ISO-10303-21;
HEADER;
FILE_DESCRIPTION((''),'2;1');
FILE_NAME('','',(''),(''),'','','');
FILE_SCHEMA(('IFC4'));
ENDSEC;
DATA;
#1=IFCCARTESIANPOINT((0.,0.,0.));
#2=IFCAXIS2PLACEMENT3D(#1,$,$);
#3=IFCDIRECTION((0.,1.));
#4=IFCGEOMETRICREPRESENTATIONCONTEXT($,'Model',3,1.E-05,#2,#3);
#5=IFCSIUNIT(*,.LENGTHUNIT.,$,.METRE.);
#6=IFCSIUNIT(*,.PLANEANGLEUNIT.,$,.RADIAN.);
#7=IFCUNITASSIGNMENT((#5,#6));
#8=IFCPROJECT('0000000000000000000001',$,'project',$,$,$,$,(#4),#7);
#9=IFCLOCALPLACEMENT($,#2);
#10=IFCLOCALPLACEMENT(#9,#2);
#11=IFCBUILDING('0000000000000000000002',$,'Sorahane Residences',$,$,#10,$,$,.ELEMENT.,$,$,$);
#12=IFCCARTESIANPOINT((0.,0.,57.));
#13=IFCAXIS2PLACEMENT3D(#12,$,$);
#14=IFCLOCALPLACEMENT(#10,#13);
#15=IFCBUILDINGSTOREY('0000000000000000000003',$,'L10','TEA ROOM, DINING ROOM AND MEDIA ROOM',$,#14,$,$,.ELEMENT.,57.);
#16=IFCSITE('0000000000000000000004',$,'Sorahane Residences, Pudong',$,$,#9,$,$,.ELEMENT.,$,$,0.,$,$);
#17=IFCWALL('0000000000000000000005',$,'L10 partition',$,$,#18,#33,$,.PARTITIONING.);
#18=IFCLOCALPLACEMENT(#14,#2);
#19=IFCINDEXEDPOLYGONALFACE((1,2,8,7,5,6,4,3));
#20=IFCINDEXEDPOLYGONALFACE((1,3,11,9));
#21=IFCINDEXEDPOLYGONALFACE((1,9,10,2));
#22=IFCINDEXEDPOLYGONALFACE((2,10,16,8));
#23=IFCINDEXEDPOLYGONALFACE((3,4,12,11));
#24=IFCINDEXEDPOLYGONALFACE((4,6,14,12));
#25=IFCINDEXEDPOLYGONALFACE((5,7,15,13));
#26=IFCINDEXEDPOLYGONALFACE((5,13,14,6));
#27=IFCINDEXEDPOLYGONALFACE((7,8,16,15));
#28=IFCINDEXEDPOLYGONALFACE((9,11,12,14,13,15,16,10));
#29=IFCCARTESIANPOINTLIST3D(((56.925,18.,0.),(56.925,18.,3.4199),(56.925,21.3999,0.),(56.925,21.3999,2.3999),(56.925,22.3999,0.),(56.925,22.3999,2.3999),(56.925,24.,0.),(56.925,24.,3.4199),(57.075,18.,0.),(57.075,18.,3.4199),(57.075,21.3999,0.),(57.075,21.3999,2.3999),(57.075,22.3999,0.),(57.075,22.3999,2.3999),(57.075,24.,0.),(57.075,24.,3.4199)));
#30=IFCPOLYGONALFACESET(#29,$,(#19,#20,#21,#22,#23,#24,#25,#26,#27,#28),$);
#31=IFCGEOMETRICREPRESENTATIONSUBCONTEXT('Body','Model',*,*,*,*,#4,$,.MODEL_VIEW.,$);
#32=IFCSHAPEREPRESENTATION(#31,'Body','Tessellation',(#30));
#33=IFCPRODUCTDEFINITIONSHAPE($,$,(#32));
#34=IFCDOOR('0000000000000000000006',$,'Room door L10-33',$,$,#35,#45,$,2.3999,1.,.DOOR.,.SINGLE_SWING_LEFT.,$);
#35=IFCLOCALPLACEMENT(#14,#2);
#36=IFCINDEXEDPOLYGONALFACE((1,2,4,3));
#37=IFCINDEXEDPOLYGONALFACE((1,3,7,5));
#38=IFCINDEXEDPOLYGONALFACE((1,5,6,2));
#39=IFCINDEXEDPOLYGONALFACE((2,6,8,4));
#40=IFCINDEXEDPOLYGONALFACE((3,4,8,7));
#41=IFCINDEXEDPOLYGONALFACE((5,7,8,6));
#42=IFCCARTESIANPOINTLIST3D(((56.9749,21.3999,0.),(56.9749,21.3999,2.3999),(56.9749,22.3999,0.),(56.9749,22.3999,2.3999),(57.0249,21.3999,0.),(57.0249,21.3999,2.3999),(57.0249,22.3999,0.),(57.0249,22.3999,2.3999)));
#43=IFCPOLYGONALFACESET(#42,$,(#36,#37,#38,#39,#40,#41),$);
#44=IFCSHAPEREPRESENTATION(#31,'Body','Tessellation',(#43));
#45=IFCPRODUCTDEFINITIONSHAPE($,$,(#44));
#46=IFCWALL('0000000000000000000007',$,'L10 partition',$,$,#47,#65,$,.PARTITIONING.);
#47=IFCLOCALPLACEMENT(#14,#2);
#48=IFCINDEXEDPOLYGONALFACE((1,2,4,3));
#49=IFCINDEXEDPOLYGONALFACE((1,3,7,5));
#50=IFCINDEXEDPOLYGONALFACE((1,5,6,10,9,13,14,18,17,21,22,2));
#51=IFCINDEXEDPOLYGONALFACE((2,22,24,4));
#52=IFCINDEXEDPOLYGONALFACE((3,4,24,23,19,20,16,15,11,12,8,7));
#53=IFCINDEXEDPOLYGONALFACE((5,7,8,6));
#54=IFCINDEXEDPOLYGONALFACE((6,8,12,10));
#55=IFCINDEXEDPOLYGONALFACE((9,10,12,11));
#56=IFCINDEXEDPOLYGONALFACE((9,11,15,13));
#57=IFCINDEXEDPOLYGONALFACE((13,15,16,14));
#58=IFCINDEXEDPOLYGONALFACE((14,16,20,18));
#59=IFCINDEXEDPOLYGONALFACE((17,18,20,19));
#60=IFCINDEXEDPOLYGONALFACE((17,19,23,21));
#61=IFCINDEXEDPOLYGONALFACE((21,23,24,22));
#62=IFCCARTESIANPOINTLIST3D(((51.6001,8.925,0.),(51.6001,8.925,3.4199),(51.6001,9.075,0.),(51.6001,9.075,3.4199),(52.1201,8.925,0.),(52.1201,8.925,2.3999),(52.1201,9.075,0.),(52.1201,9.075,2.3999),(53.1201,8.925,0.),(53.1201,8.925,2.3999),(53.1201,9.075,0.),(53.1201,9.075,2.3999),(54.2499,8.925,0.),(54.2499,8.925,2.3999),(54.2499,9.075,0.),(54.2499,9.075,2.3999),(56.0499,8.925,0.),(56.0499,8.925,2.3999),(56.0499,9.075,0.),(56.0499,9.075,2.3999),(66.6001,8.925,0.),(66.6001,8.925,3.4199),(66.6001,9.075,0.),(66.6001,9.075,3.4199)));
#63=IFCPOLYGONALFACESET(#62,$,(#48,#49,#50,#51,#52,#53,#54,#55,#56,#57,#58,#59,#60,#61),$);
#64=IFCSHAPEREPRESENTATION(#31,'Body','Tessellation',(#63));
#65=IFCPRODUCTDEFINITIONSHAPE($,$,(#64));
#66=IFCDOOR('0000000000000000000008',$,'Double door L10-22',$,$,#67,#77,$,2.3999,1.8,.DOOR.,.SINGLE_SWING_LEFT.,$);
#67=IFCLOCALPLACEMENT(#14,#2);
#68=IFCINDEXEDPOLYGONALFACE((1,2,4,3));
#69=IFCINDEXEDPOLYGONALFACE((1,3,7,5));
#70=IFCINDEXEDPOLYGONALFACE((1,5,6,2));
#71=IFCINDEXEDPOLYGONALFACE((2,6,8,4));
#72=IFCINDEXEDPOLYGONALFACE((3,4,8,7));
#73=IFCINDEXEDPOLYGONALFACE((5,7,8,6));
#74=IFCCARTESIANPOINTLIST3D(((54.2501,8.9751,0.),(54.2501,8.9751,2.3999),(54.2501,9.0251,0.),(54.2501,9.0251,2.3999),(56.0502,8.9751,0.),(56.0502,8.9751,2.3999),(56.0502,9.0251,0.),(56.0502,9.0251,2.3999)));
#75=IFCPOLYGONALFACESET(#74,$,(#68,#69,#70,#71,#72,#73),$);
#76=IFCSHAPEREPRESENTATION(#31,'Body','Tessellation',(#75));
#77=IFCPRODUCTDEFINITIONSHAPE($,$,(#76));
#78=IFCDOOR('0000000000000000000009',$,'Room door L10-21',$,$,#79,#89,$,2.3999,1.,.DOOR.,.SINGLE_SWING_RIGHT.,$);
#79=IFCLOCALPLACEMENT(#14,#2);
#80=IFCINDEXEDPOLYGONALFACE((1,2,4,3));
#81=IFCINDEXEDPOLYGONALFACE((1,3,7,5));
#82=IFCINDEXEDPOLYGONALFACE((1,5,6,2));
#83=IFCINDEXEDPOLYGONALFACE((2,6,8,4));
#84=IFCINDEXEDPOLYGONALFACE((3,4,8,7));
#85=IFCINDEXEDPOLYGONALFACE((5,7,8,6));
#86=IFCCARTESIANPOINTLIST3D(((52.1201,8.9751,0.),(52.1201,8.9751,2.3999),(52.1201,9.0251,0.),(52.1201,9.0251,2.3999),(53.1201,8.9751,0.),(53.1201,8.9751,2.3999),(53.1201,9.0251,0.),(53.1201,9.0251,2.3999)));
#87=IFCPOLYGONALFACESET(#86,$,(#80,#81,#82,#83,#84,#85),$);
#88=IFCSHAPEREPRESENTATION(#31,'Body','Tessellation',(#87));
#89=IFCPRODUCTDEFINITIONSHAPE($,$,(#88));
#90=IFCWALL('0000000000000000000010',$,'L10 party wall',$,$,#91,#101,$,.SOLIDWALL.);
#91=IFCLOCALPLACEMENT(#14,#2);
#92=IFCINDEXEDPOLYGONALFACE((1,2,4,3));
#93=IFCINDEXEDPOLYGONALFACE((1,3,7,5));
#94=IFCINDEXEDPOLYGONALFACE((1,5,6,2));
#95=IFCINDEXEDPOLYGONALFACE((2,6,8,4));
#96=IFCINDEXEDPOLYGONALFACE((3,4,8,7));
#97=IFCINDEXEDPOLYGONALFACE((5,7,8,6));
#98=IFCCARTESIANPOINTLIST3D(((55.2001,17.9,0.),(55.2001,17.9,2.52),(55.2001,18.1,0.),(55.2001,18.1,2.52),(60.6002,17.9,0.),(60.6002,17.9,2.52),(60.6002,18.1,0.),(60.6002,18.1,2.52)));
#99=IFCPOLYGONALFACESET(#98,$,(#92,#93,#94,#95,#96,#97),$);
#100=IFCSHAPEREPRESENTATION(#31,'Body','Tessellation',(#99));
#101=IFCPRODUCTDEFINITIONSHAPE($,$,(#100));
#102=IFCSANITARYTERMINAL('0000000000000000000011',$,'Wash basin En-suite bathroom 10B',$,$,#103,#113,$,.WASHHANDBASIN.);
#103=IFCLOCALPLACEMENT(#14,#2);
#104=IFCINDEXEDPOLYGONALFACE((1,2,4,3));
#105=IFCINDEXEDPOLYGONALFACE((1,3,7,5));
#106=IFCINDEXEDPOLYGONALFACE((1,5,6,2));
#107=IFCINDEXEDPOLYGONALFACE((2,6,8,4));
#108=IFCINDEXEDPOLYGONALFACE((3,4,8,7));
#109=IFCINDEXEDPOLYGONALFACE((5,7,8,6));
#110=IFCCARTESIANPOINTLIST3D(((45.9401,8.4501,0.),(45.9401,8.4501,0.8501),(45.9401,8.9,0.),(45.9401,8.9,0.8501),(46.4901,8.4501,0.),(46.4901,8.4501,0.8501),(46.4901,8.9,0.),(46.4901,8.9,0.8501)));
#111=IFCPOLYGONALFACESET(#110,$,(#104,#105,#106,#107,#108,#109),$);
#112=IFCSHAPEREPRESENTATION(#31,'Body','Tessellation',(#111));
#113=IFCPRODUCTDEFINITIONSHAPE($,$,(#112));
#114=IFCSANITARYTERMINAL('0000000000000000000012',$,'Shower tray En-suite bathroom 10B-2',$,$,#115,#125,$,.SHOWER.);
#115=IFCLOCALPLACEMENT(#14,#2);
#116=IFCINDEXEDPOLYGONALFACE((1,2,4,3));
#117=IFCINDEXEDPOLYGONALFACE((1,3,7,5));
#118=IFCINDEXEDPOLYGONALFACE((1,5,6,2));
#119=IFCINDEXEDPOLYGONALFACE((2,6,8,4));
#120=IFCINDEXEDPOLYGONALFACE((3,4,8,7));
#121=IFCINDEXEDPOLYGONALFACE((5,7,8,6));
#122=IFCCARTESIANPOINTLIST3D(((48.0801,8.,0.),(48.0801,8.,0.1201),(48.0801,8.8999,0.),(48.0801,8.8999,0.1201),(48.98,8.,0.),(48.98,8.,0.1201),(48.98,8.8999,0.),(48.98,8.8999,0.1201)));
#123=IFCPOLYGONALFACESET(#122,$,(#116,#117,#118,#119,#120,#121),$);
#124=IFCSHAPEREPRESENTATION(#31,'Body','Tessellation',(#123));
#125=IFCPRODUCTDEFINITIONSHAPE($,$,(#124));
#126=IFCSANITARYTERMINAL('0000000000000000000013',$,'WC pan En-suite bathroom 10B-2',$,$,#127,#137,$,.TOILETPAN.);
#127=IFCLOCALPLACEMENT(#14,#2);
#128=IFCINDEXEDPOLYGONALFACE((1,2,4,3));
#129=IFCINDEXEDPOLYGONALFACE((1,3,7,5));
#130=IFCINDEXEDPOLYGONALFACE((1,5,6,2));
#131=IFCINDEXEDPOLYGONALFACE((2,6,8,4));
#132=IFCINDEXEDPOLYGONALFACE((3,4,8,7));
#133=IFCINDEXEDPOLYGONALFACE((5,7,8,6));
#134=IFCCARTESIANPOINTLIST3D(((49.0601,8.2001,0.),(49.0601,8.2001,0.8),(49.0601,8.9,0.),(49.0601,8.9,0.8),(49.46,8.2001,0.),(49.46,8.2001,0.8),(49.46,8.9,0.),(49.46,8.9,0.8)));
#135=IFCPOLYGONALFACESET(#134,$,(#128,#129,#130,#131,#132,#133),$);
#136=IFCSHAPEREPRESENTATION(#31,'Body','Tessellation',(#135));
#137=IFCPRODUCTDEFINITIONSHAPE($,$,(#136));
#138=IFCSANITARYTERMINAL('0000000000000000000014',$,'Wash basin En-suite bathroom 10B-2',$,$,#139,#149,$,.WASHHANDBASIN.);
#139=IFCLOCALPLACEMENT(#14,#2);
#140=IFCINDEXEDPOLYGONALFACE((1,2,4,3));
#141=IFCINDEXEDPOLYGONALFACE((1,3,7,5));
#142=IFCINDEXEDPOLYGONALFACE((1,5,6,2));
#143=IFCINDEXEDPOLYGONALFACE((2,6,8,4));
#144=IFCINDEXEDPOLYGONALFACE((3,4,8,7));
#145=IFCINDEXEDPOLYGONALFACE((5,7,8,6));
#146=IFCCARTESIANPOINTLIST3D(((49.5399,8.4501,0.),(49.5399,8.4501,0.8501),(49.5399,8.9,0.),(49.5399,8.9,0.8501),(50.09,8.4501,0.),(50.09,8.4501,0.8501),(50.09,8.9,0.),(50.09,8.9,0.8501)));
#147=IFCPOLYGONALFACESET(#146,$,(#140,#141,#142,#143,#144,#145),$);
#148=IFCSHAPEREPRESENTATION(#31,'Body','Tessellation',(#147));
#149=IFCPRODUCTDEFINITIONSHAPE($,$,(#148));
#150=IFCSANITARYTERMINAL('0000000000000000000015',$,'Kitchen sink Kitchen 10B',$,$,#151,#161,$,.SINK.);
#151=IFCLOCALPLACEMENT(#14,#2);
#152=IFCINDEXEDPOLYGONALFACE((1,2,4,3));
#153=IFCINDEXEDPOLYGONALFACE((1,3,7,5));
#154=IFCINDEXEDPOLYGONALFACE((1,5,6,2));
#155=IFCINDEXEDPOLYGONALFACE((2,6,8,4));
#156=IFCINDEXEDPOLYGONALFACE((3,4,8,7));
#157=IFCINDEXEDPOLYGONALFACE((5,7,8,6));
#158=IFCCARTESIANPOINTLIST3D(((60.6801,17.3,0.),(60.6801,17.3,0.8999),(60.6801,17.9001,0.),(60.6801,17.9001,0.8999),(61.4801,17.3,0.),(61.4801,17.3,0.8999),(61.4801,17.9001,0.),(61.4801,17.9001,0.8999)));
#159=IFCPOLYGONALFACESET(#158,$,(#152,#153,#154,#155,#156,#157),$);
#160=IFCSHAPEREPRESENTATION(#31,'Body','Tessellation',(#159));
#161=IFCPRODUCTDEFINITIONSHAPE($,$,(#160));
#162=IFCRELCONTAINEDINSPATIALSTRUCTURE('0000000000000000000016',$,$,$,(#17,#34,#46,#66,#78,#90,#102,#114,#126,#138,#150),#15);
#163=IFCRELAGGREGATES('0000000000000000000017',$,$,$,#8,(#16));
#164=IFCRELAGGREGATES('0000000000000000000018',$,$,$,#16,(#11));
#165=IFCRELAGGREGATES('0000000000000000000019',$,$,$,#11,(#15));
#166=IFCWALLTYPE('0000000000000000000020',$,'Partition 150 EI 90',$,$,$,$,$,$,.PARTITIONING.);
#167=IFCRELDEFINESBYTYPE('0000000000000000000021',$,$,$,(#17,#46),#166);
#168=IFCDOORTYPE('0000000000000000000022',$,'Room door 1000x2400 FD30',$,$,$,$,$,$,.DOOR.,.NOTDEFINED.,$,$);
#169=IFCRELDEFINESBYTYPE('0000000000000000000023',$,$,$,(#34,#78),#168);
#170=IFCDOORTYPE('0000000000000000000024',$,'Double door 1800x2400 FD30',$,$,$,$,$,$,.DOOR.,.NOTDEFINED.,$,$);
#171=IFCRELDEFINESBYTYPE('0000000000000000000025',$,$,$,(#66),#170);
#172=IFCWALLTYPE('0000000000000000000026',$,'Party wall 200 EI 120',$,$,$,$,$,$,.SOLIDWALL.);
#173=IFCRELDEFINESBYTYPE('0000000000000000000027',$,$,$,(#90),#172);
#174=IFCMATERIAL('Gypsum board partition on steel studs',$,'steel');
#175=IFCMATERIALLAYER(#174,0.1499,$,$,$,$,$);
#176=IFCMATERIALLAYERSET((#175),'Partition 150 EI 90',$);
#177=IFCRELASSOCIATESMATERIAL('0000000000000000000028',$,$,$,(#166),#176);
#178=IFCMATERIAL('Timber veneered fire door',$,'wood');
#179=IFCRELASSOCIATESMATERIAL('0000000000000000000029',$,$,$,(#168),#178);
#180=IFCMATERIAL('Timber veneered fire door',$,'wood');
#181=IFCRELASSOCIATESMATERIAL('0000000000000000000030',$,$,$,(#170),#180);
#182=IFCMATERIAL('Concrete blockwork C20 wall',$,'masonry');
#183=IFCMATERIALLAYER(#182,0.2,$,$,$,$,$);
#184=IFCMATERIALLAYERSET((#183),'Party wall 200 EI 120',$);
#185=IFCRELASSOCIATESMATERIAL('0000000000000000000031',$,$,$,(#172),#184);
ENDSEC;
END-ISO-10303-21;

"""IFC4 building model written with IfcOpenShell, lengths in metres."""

from ifc_helpers import new_model, si_unit, direction, frame, frame_2d, origin, origin_2d, place, context, subcontext, project, spatial, rectangle, extrude, material, layer, layer_set, type_object, element, fill, save


model = new_model("IFC4")

# Units and contexts
model_context = context("Model", 3, precision=1e-05, world=origin(), true_north=direction((0.0, 1.0)))
body_context = subcontext(model_context, "Body", "Model", "MODEL_VIEW")
ifc_project = project(units=[si_unit("LENGTHUNIT", "METRE"), si_unit("PLANEANGLEUNIT", "RADIAN")], contexts=[model_context])

# Site, building, storey
site_placement = place(None, origin())
site = spatial("IfcSite", under=ifc_project, at=site_placement, Name="Sorahane Residences, Pudong", CompositionType="ELEMENT", RefElevation=0.0)
building_placement = place(site_placement, origin())
building = spatial("IfcBuilding", under=site, at=building_placement, Name="Sorahane Residences", CompositionType="ELEMENT")
storey_placement = place(building_placement, frame((0.0, 0.0, 57.0)))
storey = spatial("IfcBuildingStorey", under=building, at=storey_placement, Name="L10", Description="TEA ROOM, DINING ROOM AND MEDIA ROOM", CompositionType="ELEMENT", Elevation=57.0)

# Shared definitions
ifc_material_1 = material(Name="Gypsum board partition on steel studs", Category="steel")
ifc_layer_1 = layer(ifc_material_1, 0.1499)
ifc_layer_set_1 = layer_set([ifc_layer_1], Name="Partition 150 EI 90")
wall_type_1 = type_object("IfcWallType", Name="Partition 150 EI 90", PredefinedType="PARTITIONING", material=ifc_layer_set_1)

# Wall, opening, door
wall_1_placement = place(storey_placement, frame((57.0, 18.0, 0.0), z_axis=(0.0, 0.0, 1.0), x_axis=(0.0, 1.0, 0.0)))
wall_1 = element("IfcWall", 1, at=wall_1_placement, inside=storey, type_object=wall_type_1, Name="L10 partition", PredefinedType="PARTITIONING", context=body_context, shape_type="SweptSolid", body=[
    extrude(rectangle(XDim=6.0, YDim=0.1499, at=frame_2d((3.0, 0.0))), origin(), (0.0, 0.0, 1.0), 3.4199),
])
opening_1_placement = place(wall_1_placement, frame((3.3999, 0.0, 0.0)))
opening_1 = element("IfcOpeningElement", 2, at=opening_1_placement, cuts=wall_1, PredefinedType="OPENING", context=body_context, shape_type="SweptSolid", body=[
    extrude(rectangle(XDim=1.0, YDim=2.3999, at=frame_2d((0.5, 1.2))), frame((0.0, 0.085, 0.0), z_axis=(0.0, -1.0, 0.0), x_axis=(1.0, 0.0, 0.0)), (0.0, 0.0, 1.0), 0.1699),
])
ifc_material_2 = material(Name="Timber veneered fire door", Category="wood")
door_type_1 = type_object("IfcDoorType", Name="Room door 1000x2400 FD30", OperationType="NOTDEFINED", PredefinedType="DOOR", material=ifc_material_2)
door_1_placement = place(opening_1_placement, frame((1.0, 0.0, 0.0), z_axis=(0.0, 0.0, 1.0), x_axis=(-1.0, 0.0, 0.0)))
door_1 = element("IfcDoor", 3, at=door_1_placement, inside=storey, type_object=door_type_1, Name="Room door L10-33", OperationType="SINGLE_SWING_LEFT", OverallHeight=2.3999, OverallWidth=1.0, PredefinedType="DOOR", context=body_context, shape_type="SweptSolid", body=[
    extrude(rectangle(XDim=1.0, YDim=2.3999, at=frame_2d((0.5, 1.2))), frame((0.0, 0.0249, 0.0), z_axis=(0.0, -1.0, 0.0), x_axis=(1.0, 0.0, 0.0)), (0.0, 0.0, 1.0), 0.05),
])
fill(opening_1, door_1)

# Wall, openings, doors
wall_2_placement = place(storey_placement, frame((51.6001, 9.0, 0.0), z_axis=(0.0, 0.0, 1.0), x_axis=(1.0, 0.0, 0.0)))
wall_2 = element("IfcWall", 4, at=wall_2_placement, inside=storey, type_object=wall_type_1, Name="L10 partition", PredefinedType="PARTITIONING", context=body_context, shape_type="SweptSolid", body=[
    extrude(rectangle(XDim=15.0, YDim=0.1499, at=frame_2d((7.5, 0.0))), origin(), (0.0, 0.0, 1.0), 3.4199),
])
opening_2_placement = place(wall_2_placement, frame((0.52, 0.0, 0.0)))
opening_2 = element("IfcOpeningElement", 5, at=opening_2_placement, cuts=wall_2, PredefinedType="OPENING", context=body_context, shape_type="SweptSolid", body=[
    extrude(rectangle(XDim=1.0, YDim=2.3999, at=frame_2d((0.5, 1.2))), frame((0.0, 0.085, 0.0), z_axis=(0.0, -1.0, 0.0), x_axis=(1.0, 0.0, 0.0)), (0.0, 0.0, 1.0), 0.1699),
])
opening_3_placement = place(wall_2_placement, frame((2.6499, 0.0, 0.0)))
opening_3 = element("IfcOpeningElement", 6, at=opening_3_placement, cuts=wall_2, PredefinedType="OPENING", context=body_context, shape_type="SweptSolid", body=[
    extrude(rectangle(XDim=1.8, YDim=2.3999, at=frame_2d((0.8999, 1.2))), frame((0.0, 0.085, 0.0), z_axis=(0.0, -1.0, 0.0), x_axis=(1.0, 0.0, 0.0)), (0.0, 0.0, 1.0), 0.1699),
])
ifc_material_3 = material(Name="Timber veneered fire door", Category="wood")
door_type_2 = type_object("IfcDoorType", Name="Double door 1800x2400 FD30", OperationType="NOTDEFINED", PredefinedType="DOOR", material=ifc_material_3)
door_2_placement = place(opening_3_placement, frame((1.8, 0.0, 0.0), z_axis=(0.0, 0.0, 1.0), x_axis=(-1.0, 0.0, 0.0)))
door_2 = element("IfcDoor", 7, at=door_2_placement, inside=storey, type_object=door_type_2, Name="Double door L10-22", OperationType="SINGLE_SWING_LEFT", OverallHeight=2.3999, OverallWidth=1.8, PredefinedType="DOOR", context=body_context, shape_type="SweptSolid", body=[
    extrude(rectangle(XDim=1.8, YDim=2.3999, at=frame_2d((0.8999, 1.2))), frame((0.0, 0.0249, 0.0), z_axis=(0.0, -1.0, 0.0), x_axis=(1.0, 0.0, 0.0)), (0.0, 0.0, 1.0), 0.05),
])
fill(opening_3, door_2)
door_3_placement = place(opening_2_placement, frame((1.0, 0.0, 0.0), z_axis=(0.0, 0.0, 1.0), x_axis=(-1.0, 0.0, 0.0)))
door_3 = element("IfcDoor", 8, at=door_3_placement, inside=storey, type_object=door_type_1, Name="Room door L10-21", OperationType="SINGLE_SWING_RIGHT", OverallHeight=2.3999, OverallWidth=1.0, PredefinedType="DOOR", context=body_context, shape_type="SweptSolid", body=[
    extrude(rectangle(XDim=1.0, YDim=2.3999, at=frame_2d((0.5, 1.2))), frame((0.0, 0.0249, 0.0), z_axis=(0.0, -1.0, 0.0), x_axis=(1.0, 0.0, 0.0)), (0.0, 0.0, 1.0), 0.05),
])
fill(opening_2, door_3)

# Wall
ifc_material_4 = material(Name="Concrete blockwork C20 wall", Category="masonry")
ifc_layer_2 = layer(ifc_material_4, 0.2)
ifc_layer_set_2 = layer_set([ifc_layer_2], Name="Party wall 200 EI 120")
wall_type_2 = type_object("IfcWallType", Name="Party wall 200 EI 120", PredefinedType="SOLIDWALL", material=ifc_layer_set_2)
wall_3_placement = place(storey_placement, frame((55.2, 18.0, 0.0), z_axis=(0.0, 0.0, 1.0), x_axis=(1.0, 0.0, 0.0)))
element("IfcWall", 9, at=wall_3_placement, inside=storey, type_object=wall_type_2, Name="L10 party wall", PredefinedType="SOLIDWALL", context=body_context, shape_type="SweptSolid", body=[
    extrude(rectangle(XDim=5.4001, YDim=0.2, at=frame_2d((2.7002, 0.0))), origin(), (0.0, 0.0, 1.0), 2.52),
])

# Sanitary terminals
sanitary_terminal_1_placement = place(storey_placement, frame((46.2151, 8.675, 0.0), z_axis=(0.0, 0.0, 1.0), x_axis=(1.0, 0.0, 0.0)))
element("IfcSanitaryTerminal", 10, at=sanitary_terminal_1_placement, inside=storey, Name="Wash basin En-suite bathroom 10B", PredefinedType="WASHHANDBASIN", context=body_context, shape_type="SweptSolid", body=[
    extrude(rectangle(XDim=0.55, YDim=0.45, at=origin_2d()), origin(), (0.0, 0.0, 1.0), 0.8501),
])
sanitary_terminal_2_placement = place(storey_placement, frame((48.53, 8.45, 0.0), z_axis=(0.0, 0.0, 1.0), x_axis=(1.0, 0.0, 0.0)))
element("IfcSanitaryTerminal", 11, at=sanitary_terminal_2_placement, inside=storey, Name="Shower tray En-suite bathroom 10B-2", PredefinedType="SHOWER", context=body_context, shape_type="SweptSolid", body=[
    extrude(rectangle(XDim=0.8999, YDim=0.8999, at=origin_2d()), origin(), (0.0, 0.0, 1.0), 0.1201),
])
sanitary_terminal_3_placement = place(storey_placement, frame((49.26, 8.55, 0.0), z_axis=(0.0, 0.0, 1.0), x_axis=(1.0, 0.0, 0.0)))
element("IfcSanitaryTerminal", 12, at=sanitary_terminal_3_placement, inside=storey, Name="WC pan En-suite bathroom 10B-2", PredefinedType="TOILETPAN", context=body_context, shape_type="SweptSolid", body=[
    extrude(rectangle(XDim=0.3999, YDim=0.7, at=origin_2d()), origin(), (0.0, 0.0, 1.0), 0.8),
])
sanitary_terminal_4_placement = place(storey_placement, frame((49.8149, 8.675, 0.0), z_axis=(0.0, 0.0, 1.0), x_axis=(1.0, 0.0, 0.0)))
element("IfcSanitaryTerminal", 13, at=sanitary_terminal_4_placement, inside=storey, Name="Wash basin En-suite bathroom 10B-2", PredefinedType="WASHHANDBASIN", context=body_context, shape_type="SweptSolid", body=[
    extrude(rectangle(XDim=0.55, YDim=0.45, at=origin_2d()), origin(), (0.0, 0.0, 1.0), 0.8501),
])
sanitary_terminal_5_placement = place(storey_placement, frame((61.0801, 17.6001, 0.0), z_axis=(0.0, 0.0, 1.0), x_axis=(1.0, 0.0, 0.0)))
element("IfcSanitaryTerminal", 14, at=sanitary_terminal_5_placement, inside=storey, Name="Kitchen sink Kitchen 10B", PredefinedType="SINK", context=body_context, shape_type="SweptSolid", body=[
    extrude(rectangle(XDim=0.8, YDim=0.6001, at=origin_2d()), origin(), (0.0, 0.0, 1.0), 0.8999),
])

save(model, "model.ifc")
